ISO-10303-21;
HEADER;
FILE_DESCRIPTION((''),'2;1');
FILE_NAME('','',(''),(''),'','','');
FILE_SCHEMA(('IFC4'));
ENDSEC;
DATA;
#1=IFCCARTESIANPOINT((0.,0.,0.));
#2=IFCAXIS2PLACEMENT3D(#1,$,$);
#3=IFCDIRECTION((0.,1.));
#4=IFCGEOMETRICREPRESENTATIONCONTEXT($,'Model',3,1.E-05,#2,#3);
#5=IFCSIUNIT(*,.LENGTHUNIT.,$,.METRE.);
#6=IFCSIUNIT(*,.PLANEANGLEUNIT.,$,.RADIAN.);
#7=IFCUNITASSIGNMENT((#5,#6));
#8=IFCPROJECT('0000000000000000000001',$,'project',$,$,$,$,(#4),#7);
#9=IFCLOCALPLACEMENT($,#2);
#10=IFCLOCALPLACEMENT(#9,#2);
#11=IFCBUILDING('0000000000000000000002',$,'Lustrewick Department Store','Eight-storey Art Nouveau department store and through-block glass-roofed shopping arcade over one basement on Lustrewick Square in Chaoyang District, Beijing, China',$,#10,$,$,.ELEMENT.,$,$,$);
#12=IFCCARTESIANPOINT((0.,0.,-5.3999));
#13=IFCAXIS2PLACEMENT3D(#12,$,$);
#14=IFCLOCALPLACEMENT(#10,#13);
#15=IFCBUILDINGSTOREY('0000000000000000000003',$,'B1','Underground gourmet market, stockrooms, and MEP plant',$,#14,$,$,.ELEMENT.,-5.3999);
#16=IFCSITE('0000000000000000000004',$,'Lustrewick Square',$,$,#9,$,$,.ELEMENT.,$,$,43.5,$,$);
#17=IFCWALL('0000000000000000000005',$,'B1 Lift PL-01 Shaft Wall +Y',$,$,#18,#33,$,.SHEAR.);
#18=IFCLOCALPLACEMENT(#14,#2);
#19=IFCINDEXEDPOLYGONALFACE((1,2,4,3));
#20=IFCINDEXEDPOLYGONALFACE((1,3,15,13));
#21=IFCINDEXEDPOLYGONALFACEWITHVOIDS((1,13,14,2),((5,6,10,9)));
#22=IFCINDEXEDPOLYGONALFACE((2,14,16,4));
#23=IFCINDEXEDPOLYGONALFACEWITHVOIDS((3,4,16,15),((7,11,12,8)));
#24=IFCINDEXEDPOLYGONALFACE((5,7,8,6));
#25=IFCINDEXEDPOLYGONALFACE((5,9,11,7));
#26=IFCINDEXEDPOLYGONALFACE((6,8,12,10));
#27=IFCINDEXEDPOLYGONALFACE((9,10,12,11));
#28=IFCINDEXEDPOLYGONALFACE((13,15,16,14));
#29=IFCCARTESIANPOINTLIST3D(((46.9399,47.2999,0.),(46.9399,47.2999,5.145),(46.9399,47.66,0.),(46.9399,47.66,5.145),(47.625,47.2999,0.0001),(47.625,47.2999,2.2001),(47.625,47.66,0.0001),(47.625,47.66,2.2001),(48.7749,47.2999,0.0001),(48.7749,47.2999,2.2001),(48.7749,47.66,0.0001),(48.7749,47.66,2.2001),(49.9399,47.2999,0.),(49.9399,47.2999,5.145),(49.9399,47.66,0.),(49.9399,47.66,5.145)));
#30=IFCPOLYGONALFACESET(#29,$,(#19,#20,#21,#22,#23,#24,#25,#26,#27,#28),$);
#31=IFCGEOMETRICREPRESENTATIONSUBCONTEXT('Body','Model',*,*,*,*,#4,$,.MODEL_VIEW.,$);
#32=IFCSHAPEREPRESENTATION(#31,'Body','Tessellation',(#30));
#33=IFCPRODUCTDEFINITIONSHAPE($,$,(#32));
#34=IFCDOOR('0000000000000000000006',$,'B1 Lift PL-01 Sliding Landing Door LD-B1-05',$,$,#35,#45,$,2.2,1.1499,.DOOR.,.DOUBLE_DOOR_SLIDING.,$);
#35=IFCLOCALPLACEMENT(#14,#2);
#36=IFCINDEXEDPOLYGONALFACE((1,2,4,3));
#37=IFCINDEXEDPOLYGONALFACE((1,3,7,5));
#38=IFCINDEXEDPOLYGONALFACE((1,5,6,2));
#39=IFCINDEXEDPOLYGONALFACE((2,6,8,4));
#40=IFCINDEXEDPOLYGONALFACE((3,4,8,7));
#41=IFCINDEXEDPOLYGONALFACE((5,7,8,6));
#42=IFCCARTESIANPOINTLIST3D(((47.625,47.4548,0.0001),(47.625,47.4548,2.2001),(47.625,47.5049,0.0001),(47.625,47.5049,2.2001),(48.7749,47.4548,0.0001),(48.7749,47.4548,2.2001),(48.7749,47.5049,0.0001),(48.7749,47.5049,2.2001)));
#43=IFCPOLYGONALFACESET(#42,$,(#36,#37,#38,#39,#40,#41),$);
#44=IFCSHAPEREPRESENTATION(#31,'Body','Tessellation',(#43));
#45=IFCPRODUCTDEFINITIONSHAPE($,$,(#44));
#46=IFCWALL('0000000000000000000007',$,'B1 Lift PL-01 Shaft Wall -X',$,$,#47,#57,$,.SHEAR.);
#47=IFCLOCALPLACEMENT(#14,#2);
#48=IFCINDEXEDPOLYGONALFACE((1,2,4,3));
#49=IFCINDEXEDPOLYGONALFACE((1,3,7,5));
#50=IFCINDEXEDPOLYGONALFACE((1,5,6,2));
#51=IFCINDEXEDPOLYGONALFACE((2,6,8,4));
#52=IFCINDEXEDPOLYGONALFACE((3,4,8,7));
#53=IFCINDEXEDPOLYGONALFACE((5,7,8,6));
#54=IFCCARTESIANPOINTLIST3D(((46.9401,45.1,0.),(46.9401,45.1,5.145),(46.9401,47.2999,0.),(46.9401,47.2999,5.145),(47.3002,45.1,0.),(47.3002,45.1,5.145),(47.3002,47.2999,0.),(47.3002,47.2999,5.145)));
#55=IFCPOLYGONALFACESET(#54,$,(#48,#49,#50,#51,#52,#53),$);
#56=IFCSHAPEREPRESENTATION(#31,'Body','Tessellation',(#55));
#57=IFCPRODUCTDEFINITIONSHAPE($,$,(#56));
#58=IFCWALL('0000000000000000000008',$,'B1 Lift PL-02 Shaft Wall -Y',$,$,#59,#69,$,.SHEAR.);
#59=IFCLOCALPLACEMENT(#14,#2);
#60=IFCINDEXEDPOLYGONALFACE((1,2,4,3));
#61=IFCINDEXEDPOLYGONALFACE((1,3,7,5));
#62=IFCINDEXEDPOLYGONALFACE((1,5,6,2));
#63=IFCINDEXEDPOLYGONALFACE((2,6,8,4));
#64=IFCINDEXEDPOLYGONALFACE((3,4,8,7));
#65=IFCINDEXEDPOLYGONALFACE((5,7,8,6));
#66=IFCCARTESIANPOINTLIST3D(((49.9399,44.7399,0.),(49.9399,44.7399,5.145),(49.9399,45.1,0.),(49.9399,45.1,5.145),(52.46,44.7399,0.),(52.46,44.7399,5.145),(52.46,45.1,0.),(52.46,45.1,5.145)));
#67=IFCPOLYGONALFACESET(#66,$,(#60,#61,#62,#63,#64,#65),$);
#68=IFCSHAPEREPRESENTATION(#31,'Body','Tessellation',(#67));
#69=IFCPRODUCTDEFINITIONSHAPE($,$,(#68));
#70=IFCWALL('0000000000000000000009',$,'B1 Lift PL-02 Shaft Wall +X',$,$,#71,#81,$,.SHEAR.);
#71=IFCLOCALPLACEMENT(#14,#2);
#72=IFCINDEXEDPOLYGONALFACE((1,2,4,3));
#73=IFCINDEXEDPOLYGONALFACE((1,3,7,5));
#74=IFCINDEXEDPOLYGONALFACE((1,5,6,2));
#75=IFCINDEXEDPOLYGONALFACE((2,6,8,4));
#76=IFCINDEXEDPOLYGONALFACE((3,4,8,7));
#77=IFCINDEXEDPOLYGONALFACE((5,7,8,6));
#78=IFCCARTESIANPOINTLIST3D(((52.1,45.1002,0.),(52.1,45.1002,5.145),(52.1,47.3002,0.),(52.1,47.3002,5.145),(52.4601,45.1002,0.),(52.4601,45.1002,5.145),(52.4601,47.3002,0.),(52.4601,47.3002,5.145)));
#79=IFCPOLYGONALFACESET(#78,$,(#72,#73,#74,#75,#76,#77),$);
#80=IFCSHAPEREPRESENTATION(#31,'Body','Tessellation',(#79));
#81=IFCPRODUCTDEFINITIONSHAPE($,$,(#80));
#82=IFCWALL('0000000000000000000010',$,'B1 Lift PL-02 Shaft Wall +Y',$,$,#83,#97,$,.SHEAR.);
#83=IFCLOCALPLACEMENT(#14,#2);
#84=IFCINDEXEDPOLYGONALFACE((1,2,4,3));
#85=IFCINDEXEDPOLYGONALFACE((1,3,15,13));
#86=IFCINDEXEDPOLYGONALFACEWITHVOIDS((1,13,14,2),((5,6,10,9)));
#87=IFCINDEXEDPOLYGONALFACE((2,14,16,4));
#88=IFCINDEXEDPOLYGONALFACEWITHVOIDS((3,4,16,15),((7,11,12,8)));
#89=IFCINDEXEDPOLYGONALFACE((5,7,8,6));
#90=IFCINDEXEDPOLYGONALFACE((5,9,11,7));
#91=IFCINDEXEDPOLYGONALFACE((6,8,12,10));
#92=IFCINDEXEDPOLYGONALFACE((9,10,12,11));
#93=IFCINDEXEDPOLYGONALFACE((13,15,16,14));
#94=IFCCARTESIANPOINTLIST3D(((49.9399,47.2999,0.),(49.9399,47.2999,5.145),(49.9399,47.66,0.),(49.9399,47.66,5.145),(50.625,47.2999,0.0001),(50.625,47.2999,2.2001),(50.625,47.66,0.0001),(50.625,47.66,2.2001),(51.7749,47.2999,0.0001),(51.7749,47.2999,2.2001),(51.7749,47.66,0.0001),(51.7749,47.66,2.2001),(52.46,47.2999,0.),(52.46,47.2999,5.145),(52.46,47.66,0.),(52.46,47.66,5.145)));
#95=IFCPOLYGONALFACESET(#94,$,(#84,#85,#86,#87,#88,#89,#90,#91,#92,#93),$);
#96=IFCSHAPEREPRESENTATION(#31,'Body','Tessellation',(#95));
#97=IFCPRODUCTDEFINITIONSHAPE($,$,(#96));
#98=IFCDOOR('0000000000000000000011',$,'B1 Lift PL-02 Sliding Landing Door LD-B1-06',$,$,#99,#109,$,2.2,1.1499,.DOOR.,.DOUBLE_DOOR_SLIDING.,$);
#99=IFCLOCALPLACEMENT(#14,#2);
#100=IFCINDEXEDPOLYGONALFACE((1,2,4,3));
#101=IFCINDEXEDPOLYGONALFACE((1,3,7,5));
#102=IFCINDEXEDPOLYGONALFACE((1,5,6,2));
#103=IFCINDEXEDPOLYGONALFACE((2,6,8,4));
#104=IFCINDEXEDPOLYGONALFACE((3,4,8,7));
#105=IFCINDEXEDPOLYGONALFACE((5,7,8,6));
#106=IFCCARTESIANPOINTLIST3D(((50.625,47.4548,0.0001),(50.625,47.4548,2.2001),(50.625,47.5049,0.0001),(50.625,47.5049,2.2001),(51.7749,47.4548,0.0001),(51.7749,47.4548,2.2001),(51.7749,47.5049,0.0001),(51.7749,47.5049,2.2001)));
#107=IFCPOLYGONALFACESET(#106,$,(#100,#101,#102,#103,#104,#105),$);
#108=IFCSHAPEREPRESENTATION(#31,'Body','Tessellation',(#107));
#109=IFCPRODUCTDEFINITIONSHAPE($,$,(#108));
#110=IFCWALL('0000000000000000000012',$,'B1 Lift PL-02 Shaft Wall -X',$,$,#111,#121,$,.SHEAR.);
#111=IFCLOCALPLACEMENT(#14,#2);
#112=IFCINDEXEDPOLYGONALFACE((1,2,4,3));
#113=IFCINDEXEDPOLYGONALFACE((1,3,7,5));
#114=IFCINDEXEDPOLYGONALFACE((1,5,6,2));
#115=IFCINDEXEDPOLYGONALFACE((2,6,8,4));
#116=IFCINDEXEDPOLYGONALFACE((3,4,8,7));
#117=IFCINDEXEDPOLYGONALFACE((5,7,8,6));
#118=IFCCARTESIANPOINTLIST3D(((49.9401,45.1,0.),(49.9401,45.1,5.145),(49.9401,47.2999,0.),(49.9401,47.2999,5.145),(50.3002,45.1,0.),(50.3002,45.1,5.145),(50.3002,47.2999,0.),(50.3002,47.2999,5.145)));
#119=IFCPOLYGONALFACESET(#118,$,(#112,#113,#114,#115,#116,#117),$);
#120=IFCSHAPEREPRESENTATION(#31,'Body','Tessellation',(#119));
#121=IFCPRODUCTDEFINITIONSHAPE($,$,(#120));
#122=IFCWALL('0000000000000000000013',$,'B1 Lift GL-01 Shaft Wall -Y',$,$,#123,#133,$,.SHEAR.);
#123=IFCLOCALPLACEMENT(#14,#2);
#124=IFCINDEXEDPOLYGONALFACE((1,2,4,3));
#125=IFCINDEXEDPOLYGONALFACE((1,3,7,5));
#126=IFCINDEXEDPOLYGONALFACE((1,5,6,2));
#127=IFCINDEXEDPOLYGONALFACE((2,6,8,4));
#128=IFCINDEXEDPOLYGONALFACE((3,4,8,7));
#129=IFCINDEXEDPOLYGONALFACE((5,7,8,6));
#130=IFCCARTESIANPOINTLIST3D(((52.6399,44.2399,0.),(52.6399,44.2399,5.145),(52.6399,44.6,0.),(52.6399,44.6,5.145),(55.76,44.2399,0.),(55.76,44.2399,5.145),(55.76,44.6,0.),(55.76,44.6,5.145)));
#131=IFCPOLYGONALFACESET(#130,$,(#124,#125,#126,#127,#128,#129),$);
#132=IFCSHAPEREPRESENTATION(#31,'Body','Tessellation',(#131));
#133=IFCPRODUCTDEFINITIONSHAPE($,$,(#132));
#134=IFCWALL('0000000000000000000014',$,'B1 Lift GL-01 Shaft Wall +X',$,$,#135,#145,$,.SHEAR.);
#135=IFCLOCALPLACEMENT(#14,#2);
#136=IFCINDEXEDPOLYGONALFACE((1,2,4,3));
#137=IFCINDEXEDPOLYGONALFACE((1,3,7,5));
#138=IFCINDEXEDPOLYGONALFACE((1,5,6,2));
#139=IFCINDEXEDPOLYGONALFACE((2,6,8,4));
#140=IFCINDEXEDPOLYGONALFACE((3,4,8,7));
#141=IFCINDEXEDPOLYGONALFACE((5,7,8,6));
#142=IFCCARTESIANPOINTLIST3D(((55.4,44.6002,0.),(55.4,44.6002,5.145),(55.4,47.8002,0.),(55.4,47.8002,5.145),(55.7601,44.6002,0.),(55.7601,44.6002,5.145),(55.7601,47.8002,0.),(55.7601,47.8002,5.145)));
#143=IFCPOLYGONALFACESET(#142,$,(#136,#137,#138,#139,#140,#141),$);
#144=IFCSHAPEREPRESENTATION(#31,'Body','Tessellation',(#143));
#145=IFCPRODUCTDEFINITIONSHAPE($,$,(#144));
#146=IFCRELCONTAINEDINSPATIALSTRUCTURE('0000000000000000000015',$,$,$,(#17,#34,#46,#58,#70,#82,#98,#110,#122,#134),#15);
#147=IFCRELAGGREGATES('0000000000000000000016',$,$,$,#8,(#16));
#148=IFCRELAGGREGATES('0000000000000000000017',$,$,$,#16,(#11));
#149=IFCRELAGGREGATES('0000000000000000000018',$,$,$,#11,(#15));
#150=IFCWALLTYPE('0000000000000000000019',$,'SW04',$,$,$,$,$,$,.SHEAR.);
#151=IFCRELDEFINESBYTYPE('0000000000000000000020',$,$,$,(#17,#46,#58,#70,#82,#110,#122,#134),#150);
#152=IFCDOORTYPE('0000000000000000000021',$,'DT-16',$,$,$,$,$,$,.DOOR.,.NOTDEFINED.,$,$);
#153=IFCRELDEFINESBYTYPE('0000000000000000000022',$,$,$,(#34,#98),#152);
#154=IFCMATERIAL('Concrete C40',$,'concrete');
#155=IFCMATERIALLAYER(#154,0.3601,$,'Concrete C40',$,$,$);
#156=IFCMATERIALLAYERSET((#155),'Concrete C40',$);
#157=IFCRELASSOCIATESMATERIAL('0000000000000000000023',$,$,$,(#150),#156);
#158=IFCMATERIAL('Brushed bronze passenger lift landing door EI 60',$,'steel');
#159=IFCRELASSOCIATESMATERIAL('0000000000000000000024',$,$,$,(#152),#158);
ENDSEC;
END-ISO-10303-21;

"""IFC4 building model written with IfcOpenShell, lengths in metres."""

from ifc_helpers import new_model, si_unit, direction, frame, frame_2d, origin, place, context, subcontext, project, spatial, rectangle, extrude, material, layer, layer_set, type_object, element, fill, save


model = new_model("IFC4")

# Units and contexts
model_context = context("Model", 3, precision=1e-05, world=origin(), true_north=direction((0.0, 1.0)))
body_context = subcontext(model_context, "Body", "Model", "MODEL_VIEW")
ifc_project = project(units=[si_unit("LENGTHUNIT", "METRE"), si_unit("PLANEANGLEUNIT", "RADIAN")], contexts=[model_context])

# Site, building, storey
site_placement = place(None, origin())
site = spatial("IfcSite", under=ifc_project, at=site_placement, Name="Lustrewick Square", CompositionType="ELEMENT", RefElevation=43.5)
building_placement = place(site_placement, origin())
building = spatial("IfcBuilding", under=site, at=building_placement, Name="Lustrewick Department Store", Description="Eight-storey Art Nouveau department store and through-block glass-roofed shopping arcade over one basement on Lustrewick Square in Chaoyang District, Beijing, China", CompositionType="ELEMENT")
storey_placement = place(building_placement, frame((0.0, 0.0, -5.3999)))
storey = spatial("IfcBuildingStorey", under=building, at=storey_placement, Name="B1", Description="Underground gourmet market, stockrooms, and MEP plant", CompositionType="ELEMENT", Elevation=-5.3999)

# Shared definitions
ifc_material_1 = material(Name="Concrete C40", Category="concrete")

# Shared definitions
ifc_layer_1 = layer(ifc_material_1, 0.3601, Name="Concrete C40")
ifc_layer_set_1 = layer_set([ifc_layer_1], Name="Concrete C40")
wall_type_1 = type_object("IfcWallType", Name="SW04", PredefinedType="SHEAR", material=ifc_layer_set_1)

# Wall, opening, door
wall_1_placement = place(storey_placement, frame((49.9399, 47.48, 0.0), z_axis=(0.0, 0.0, 1.0), x_axis=(-1.0, 0.0, 0.0)))
wall_1 = element("IfcWall", 1, at=wall_1_placement, inside=storey, type_object=wall_type_1, Name="B1 Lift PL-01 Shaft Wall +Y", PredefinedType="SHEAR", context=body_context, shape_type="SweptSolid", body=[
    extrude(rectangle(XDim=3.0, YDim=0.3601, at=frame_2d((1.5, 0.0))), origin(), (0.0, 0.0, 1.0), 5.145),
])
opening_1_placement = place(wall_1_placement, frame((1.165, 0.0, 0.0)))
opening_1 = element("IfcOpeningElement", 2, at=opening_1_placement, cuts=wall_1, PredefinedType="OPENING", context=body_context, shape_type="SweptSolid", body=[
    extrude(rectangle(XDim=1.1499, YDim=2.2, at=frame_2d((0.575, 1.1001))), frame((0.0, 0.1899, 0.0), z_axis=(0.0, -1.0, 0.0), x_axis=(1.0, 0.0, 0.0)), (0.0, 0.0, 1.0), 0.3801),
])
ifc_material_2 = material(Name="Brushed bronze passenger lift landing door EI 60", Category="steel")
door_type = type_object("IfcDoorType", Name="DT-16", OperationType="NOTDEFINED", PredefinedType="DOOR", material=ifc_material_2)
door_1_placement = place(opening_1_placement, frame((1.1499, 0.0, 0.0), z_axis=(0.0, 0.0, 1.0), x_axis=(-1.0, 0.0, 0.0)))
door_1 = element("IfcDoor", 3, at=door_1_placement, inside=storey, type_object=door_type, Name="B1 Lift PL-01 Sliding Landing Door LD-B1-05", OperationType="DOUBLE_DOOR_SLIDING", OverallHeight=2.2, OverallWidth=1.1499, PredefinedType="DOOR", context=body_context, shape_type="SweptSolid", body=[
    extrude(rectangle(XDim=1.1499, YDim=2.2, at=frame_2d((0.575, 1.1001))), frame((0.0, 0.0249, 0.0), z_axis=(0.0, -1.0, 0.0), x_axis=(1.0, 0.0, 0.0)), (0.0, 0.0, 1.0), 0.05),
])
fill(opening_1, door_1)

# Walls
wall_2_placement = place(storey_placement, frame((47.1201, 47.3, 0.0), z_axis=(0.0, 0.0, 1.0), x_axis=(0.0, -1.0, 0.0)))
element("IfcWall", 4, at=wall_2_placement, inside=storey, type_object=wall_type_1, Name="B1 Lift PL-01 Shaft Wall -X", PredefinedType="SHEAR", context=body_context, shape_type="SweptSolid", body=[
    extrude(rectangle(XDim=2.2, YDim=0.3601, at=frame_2d((1.1001, 0.0))), origin(), (0.0, 0.0, 1.0), 5.145),
])
wall_3_placement = place(storey_placement, frame((49.9399, 44.9199, 0.0), z_axis=(0.0, 0.0, 1.0), x_axis=(1.0, 0.0, 0.0)))
element("IfcWall", 5, at=wall_3_placement, inside=storey, type_object=wall_type_1, Name="B1 Lift PL-02 Shaft Wall -Y", PredefinedType="SHEAR", context=body_context, shape_type="SweptSolid", body=[
    extrude(rectangle(XDim=2.52, YDim=0.3601, at=frame_2d((1.26, 0.0))), origin(), (0.0, 0.0, 1.0), 5.145),
])
wall_4_placement = place(storey_placement, frame((52.28, 45.1001, 0.0), z_axis=(0.0, 0.0, 1.0), x_axis=(0.0, 1.0, 0.0)))
element("IfcWall", 6, at=wall_4_placement, inside=storey, type_object=wall_type_1, Name="B1 Lift PL-02 Shaft Wall +X", PredefinedType="SHEAR", context=body_context, shape_type="SweptSolid", body=[
    extrude(rectangle(XDim=2.2, YDim=0.3601, at=frame_2d((1.1001, 0.0))), origin(), (0.0, 0.0, 1.0), 5.145),
])

# Wall, opening, door
wall_5_placement = place(storey_placement, frame((52.46, 47.48, 0.0), z_axis=(0.0, 0.0, 1.0), x_axis=(-1.0, 0.0, 0.0)))
wall_5 = element("IfcWall", 7, at=wall_5_placement, inside=storey, type_object=wall_type_1, Name="B1 Lift PL-02 Shaft Wall +Y", PredefinedType="SHEAR", context=body_context, shape_type="SweptSolid", body=[
    extrude(rectangle(XDim=2.52, YDim=0.3601, at=frame_2d((1.26, 0.0))), origin(), (0.0, 0.0, 1.0), 5.145),
])
opening_2_placement = place(wall_5_placement, frame((0.6851, 0.0, 0.0)))
opening_2 = element("IfcOpeningElement", 8, at=opening_2_placement, cuts=wall_5, PredefinedType="OPENING", context=body_context, shape_type="SweptSolid", body=[
    extrude(rectangle(XDim=1.1499, YDim=2.2, at=frame_2d((0.575, 1.1001))), frame((0.0, 0.1899, 0.0), z_axis=(0.0, -1.0, 0.0), x_axis=(1.0, 0.0, 0.0)), (0.0, 0.0, 1.0), 0.3801),
])
door_2_placement = place(opening_2_placement, frame((1.1499, 0.0, 0.0), z_axis=(0.0, 0.0, 1.0), x_axis=(-1.0, 0.0, 0.0)))
door_2 = element("IfcDoor", 9, at=door_2_placement, inside=storey, type_object=door_type, Name="B1 Lift PL-02 Sliding Landing Door LD-B1-06", OperationType="DOUBLE_DOOR_SLIDING", OverallHeight=2.2, OverallWidth=1.1499, PredefinedType="DOOR", context=body_context, shape_type="SweptSolid", body=[
    extrude(rectangle(XDim=1.1499, YDim=2.2, at=frame_2d((0.575, 1.1001))), frame((0.0, 0.0249, 0.0), z_axis=(0.0, -1.0, 0.0), x_axis=(1.0, 0.0, 0.0)), (0.0, 0.0, 1.0), 0.05),
])
fill(opening_2, door_2)

# Walls
wall_6_placement = place(storey_placement, frame((50.1201, 47.3, 0.0), z_axis=(0.0, 0.0, 1.0), x_axis=(0.0, -1.0, 0.0)))
element("IfcWall", 10, at=wall_6_placement, inside=storey, type_object=wall_type_1, Name="B1 Lift PL-02 Shaft Wall -X", PredefinedType="SHEAR", context=body_context, shape_type="SweptSolid", body=[
    extrude(rectangle(XDim=2.2, YDim=0.3601, at=frame_2d((1.1001, 0.0))), origin(), (0.0, 0.0, 1.0), 5.145),
])
wall_7_placement = place(storey_placement, frame((52.6399, 44.4199, 0.0), z_axis=(0.0, 0.0, 1.0), x_axis=(1.0, 0.0, 0.0)))
element("IfcWall", 11, at=wall_7_placement, inside=storey, type_object=wall_type_1, Name="B1 Lift GL-01 Shaft Wall -Y", PredefinedType="SHEAR", context=body_context, shape_type="SweptSolid", body=[
    extrude(rectangle(XDim=3.1201, YDim=0.3601, at=frame_2d((1.5601, 0.0))), origin(), (0.0, 0.0, 1.0), 5.145),
])
wall_8_placement = place(storey_placement, frame((55.5801, 44.6001, 0.0), z_axis=(0.0, 0.0, 1.0), x_axis=(0.0, 1.0, 0.0)))
element("IfcWall", 12, at=wall_8_placement, inside=storey, type_object=wall_type_1, Name="B1 Lift GL-01 Shaft Wall +X", PredefinedType="SHEAR", context=body_context, shape_type="SweptSolid", body=[
    extrude(rectangle(XDim=3.2, YDim=0.3601, at=frame_2d((1.6001, 0.0))), origin(), (0.0, 0.0, 1.0), 5.145),
])

save(model, "model.ifc")
